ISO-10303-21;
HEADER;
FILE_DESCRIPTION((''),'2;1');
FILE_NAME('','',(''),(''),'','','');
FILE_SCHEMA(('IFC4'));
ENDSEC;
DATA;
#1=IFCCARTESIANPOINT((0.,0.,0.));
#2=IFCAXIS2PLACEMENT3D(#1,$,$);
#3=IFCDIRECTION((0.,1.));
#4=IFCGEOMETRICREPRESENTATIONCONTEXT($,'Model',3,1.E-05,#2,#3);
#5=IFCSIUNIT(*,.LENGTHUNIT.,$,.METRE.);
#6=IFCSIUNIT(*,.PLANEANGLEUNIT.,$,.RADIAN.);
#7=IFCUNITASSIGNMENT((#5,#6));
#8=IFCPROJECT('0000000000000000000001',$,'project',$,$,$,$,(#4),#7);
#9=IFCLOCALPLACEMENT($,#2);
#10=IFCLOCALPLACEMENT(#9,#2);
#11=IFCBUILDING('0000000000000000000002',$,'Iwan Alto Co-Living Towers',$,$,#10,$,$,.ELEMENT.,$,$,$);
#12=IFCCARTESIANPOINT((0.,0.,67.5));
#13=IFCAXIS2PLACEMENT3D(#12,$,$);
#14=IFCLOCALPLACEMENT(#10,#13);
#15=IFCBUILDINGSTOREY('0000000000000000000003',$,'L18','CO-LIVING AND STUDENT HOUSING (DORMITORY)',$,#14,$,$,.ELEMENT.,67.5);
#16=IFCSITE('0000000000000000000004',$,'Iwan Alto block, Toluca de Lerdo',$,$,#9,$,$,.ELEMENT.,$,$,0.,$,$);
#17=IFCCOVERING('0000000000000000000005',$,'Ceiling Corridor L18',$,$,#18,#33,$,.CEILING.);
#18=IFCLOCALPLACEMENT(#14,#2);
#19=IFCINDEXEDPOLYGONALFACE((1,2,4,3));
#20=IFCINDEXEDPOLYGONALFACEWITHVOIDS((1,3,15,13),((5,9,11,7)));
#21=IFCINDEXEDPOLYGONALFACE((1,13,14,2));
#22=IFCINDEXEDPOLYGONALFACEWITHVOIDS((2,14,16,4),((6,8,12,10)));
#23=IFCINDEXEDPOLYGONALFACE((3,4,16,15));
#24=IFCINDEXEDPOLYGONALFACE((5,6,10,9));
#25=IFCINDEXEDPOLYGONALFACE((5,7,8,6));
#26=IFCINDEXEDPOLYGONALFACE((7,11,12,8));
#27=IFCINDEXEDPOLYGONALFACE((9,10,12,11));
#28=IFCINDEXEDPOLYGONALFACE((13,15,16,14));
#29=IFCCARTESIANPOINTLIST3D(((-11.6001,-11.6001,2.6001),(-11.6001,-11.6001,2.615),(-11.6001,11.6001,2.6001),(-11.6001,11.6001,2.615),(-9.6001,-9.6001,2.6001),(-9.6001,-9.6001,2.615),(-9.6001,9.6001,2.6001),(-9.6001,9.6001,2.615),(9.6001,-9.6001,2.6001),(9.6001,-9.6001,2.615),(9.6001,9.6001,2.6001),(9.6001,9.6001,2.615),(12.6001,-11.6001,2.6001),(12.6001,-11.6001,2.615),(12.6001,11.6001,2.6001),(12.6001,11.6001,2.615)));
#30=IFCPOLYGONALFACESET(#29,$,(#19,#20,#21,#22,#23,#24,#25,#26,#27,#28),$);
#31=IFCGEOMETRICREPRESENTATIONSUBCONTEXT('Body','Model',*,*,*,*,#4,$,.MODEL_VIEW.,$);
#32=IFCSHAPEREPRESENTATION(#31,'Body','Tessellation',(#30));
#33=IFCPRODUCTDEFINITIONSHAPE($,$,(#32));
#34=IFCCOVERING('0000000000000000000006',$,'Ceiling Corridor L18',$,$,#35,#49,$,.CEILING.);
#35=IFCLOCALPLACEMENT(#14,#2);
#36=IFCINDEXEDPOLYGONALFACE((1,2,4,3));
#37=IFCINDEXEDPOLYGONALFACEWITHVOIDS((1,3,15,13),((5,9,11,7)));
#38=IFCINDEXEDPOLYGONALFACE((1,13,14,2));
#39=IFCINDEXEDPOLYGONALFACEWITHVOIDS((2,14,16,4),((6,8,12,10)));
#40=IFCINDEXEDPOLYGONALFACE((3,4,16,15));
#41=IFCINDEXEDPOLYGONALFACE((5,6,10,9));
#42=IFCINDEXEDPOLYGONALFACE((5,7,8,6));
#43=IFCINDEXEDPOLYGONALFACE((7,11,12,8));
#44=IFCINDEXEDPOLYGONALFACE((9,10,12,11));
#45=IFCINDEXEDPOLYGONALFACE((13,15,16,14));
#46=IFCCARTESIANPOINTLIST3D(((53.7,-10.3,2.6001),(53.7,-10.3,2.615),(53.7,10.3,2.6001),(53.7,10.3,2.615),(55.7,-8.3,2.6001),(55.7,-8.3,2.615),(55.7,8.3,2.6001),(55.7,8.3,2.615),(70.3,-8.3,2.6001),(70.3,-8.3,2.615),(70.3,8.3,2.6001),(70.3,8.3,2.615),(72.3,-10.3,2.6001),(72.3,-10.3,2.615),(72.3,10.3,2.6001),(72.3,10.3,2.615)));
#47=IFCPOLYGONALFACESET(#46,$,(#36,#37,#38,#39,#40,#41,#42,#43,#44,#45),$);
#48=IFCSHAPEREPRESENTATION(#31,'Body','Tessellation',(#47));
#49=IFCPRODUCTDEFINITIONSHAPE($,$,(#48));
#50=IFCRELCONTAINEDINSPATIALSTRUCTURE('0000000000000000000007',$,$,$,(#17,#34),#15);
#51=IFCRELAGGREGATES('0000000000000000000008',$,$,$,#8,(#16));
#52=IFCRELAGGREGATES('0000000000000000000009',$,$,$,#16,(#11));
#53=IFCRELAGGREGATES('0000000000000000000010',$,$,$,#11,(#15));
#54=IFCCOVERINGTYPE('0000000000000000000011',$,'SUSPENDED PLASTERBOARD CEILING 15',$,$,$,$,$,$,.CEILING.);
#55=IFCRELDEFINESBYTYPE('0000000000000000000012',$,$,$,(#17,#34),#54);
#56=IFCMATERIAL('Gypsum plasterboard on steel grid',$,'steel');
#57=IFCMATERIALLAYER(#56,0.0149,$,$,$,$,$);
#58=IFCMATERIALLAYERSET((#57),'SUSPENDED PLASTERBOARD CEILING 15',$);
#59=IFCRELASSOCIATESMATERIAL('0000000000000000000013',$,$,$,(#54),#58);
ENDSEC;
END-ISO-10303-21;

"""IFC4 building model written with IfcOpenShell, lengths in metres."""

from ifc_helpers import new_model, si_unit, direction, frame, origin, place, context, subcontext, project, spatial, polyline, outline, extrude, material, layer, layer_set, type_object, element, save


model = new_model("IFC4")

# Units and contexts
model_context = context("Model", 3, precision=1e-05, world=origin(), true_north=direction((0.0, 1.0)))
body_context = subcontext(model_context, "Body", "Model", "MODEL_VIEW")
ifc_project = project(units=[si_unit("LENGTHUNIT", "METRE"), si_unit("PLANEANGLEUNIT", "RADIAN")], contexts=[model_context])

# Site, building, storey
site_placement = place(None, origin())
site = spatial("IfcSite", under=ifc_project, at=site_placement, Name="Iwan Alto block, Toluca de Lerdo", CompositionType="ELEMENT", RefElevation=0.0)
building_placement = place(site_placement, origin())
building = spatial("IfcBuilding", under=site, at=building_placement, Name="Iwan Alto Co-Living Towers", CompositionType="ELEMENT")
storey_placement = place(building_placement, frame((0.0, 0.0, 67.5)))
storey = spatial("IfcBuildingStorey", under=building, at=storey_placement, Name="L18", Description="CO-LIVING AND STUDENT HOUSING (DORMITORY)", CompositionType="ELEMENT", Elevation=67.5)

# Coverings
ifc_material_1 = material(Name="Gypsum plasterboard on steel grid", Category="steel")
ifc_layer_1 = layer(ifc_material_1, 0.0149)
ifc_layer_set_1 = layer_set([ifc_layer_1], Name="SUSPENDED PLASTERBOARD CEILING 15")
covering_type_1 = type_object("IfcCoveringType", Name="SUSPENDED PLASTERBOARD CEILING 15", PredefinedType="CEILING", material=ifc_layer_set_1)
covering_1_placement = place(storey_placement, frame((0.0, 0.0, 2.6001)))
element("IfcCovering", 1, at=covering_1_placement, inside=storey, type_object=covering_type_1, Name="Ceiling Corridor L18", PredefinedType="CEILING", context=body_context, shape_type="SweptSolid", body=[
    extrude(outline(polyline([(-11.6001, 11.6001), (12.6001, 11.6001), (12.6001, -11.6001), (-11.6001, -11.6001), (-11.6001, 11.6001)]), holes=[polyline([(-9.6001, 9.6001), (-9.6001, -9.6001), (9.6001, -9.6001), (9.6001, 9.6001), (-9.6001, 9.6001)])]), origin(), (0.0, 0.0, 1.0), 0.0149),
])
covering_2_placement = place(storey_placement, frame((0.0, 0.0, 2.6001)))
element("IfcCovering", 2, at=covering_2_placement, inside=storey, type_object=covering_type_1, Name="Ceiling Corridor L18", PredefinedType="CEILING", context=body_context, shape_type="SweptSolid", body=[
    extrude(outline(polyline([(53.7, 10.3), (72.3, 10.3), (72.3, -10.3), (53.7, -10.3), (53.7, 10.3)]), holes=[polyline([(55.7, 8.3), (55.7, -8.3), (70.3, -8.3), (70.3, 8.3), (55.7, 8.3)])]), origin(), (0.0, 0.0, 1.0), 0.0149),
])

save(model, "model.ifc")
